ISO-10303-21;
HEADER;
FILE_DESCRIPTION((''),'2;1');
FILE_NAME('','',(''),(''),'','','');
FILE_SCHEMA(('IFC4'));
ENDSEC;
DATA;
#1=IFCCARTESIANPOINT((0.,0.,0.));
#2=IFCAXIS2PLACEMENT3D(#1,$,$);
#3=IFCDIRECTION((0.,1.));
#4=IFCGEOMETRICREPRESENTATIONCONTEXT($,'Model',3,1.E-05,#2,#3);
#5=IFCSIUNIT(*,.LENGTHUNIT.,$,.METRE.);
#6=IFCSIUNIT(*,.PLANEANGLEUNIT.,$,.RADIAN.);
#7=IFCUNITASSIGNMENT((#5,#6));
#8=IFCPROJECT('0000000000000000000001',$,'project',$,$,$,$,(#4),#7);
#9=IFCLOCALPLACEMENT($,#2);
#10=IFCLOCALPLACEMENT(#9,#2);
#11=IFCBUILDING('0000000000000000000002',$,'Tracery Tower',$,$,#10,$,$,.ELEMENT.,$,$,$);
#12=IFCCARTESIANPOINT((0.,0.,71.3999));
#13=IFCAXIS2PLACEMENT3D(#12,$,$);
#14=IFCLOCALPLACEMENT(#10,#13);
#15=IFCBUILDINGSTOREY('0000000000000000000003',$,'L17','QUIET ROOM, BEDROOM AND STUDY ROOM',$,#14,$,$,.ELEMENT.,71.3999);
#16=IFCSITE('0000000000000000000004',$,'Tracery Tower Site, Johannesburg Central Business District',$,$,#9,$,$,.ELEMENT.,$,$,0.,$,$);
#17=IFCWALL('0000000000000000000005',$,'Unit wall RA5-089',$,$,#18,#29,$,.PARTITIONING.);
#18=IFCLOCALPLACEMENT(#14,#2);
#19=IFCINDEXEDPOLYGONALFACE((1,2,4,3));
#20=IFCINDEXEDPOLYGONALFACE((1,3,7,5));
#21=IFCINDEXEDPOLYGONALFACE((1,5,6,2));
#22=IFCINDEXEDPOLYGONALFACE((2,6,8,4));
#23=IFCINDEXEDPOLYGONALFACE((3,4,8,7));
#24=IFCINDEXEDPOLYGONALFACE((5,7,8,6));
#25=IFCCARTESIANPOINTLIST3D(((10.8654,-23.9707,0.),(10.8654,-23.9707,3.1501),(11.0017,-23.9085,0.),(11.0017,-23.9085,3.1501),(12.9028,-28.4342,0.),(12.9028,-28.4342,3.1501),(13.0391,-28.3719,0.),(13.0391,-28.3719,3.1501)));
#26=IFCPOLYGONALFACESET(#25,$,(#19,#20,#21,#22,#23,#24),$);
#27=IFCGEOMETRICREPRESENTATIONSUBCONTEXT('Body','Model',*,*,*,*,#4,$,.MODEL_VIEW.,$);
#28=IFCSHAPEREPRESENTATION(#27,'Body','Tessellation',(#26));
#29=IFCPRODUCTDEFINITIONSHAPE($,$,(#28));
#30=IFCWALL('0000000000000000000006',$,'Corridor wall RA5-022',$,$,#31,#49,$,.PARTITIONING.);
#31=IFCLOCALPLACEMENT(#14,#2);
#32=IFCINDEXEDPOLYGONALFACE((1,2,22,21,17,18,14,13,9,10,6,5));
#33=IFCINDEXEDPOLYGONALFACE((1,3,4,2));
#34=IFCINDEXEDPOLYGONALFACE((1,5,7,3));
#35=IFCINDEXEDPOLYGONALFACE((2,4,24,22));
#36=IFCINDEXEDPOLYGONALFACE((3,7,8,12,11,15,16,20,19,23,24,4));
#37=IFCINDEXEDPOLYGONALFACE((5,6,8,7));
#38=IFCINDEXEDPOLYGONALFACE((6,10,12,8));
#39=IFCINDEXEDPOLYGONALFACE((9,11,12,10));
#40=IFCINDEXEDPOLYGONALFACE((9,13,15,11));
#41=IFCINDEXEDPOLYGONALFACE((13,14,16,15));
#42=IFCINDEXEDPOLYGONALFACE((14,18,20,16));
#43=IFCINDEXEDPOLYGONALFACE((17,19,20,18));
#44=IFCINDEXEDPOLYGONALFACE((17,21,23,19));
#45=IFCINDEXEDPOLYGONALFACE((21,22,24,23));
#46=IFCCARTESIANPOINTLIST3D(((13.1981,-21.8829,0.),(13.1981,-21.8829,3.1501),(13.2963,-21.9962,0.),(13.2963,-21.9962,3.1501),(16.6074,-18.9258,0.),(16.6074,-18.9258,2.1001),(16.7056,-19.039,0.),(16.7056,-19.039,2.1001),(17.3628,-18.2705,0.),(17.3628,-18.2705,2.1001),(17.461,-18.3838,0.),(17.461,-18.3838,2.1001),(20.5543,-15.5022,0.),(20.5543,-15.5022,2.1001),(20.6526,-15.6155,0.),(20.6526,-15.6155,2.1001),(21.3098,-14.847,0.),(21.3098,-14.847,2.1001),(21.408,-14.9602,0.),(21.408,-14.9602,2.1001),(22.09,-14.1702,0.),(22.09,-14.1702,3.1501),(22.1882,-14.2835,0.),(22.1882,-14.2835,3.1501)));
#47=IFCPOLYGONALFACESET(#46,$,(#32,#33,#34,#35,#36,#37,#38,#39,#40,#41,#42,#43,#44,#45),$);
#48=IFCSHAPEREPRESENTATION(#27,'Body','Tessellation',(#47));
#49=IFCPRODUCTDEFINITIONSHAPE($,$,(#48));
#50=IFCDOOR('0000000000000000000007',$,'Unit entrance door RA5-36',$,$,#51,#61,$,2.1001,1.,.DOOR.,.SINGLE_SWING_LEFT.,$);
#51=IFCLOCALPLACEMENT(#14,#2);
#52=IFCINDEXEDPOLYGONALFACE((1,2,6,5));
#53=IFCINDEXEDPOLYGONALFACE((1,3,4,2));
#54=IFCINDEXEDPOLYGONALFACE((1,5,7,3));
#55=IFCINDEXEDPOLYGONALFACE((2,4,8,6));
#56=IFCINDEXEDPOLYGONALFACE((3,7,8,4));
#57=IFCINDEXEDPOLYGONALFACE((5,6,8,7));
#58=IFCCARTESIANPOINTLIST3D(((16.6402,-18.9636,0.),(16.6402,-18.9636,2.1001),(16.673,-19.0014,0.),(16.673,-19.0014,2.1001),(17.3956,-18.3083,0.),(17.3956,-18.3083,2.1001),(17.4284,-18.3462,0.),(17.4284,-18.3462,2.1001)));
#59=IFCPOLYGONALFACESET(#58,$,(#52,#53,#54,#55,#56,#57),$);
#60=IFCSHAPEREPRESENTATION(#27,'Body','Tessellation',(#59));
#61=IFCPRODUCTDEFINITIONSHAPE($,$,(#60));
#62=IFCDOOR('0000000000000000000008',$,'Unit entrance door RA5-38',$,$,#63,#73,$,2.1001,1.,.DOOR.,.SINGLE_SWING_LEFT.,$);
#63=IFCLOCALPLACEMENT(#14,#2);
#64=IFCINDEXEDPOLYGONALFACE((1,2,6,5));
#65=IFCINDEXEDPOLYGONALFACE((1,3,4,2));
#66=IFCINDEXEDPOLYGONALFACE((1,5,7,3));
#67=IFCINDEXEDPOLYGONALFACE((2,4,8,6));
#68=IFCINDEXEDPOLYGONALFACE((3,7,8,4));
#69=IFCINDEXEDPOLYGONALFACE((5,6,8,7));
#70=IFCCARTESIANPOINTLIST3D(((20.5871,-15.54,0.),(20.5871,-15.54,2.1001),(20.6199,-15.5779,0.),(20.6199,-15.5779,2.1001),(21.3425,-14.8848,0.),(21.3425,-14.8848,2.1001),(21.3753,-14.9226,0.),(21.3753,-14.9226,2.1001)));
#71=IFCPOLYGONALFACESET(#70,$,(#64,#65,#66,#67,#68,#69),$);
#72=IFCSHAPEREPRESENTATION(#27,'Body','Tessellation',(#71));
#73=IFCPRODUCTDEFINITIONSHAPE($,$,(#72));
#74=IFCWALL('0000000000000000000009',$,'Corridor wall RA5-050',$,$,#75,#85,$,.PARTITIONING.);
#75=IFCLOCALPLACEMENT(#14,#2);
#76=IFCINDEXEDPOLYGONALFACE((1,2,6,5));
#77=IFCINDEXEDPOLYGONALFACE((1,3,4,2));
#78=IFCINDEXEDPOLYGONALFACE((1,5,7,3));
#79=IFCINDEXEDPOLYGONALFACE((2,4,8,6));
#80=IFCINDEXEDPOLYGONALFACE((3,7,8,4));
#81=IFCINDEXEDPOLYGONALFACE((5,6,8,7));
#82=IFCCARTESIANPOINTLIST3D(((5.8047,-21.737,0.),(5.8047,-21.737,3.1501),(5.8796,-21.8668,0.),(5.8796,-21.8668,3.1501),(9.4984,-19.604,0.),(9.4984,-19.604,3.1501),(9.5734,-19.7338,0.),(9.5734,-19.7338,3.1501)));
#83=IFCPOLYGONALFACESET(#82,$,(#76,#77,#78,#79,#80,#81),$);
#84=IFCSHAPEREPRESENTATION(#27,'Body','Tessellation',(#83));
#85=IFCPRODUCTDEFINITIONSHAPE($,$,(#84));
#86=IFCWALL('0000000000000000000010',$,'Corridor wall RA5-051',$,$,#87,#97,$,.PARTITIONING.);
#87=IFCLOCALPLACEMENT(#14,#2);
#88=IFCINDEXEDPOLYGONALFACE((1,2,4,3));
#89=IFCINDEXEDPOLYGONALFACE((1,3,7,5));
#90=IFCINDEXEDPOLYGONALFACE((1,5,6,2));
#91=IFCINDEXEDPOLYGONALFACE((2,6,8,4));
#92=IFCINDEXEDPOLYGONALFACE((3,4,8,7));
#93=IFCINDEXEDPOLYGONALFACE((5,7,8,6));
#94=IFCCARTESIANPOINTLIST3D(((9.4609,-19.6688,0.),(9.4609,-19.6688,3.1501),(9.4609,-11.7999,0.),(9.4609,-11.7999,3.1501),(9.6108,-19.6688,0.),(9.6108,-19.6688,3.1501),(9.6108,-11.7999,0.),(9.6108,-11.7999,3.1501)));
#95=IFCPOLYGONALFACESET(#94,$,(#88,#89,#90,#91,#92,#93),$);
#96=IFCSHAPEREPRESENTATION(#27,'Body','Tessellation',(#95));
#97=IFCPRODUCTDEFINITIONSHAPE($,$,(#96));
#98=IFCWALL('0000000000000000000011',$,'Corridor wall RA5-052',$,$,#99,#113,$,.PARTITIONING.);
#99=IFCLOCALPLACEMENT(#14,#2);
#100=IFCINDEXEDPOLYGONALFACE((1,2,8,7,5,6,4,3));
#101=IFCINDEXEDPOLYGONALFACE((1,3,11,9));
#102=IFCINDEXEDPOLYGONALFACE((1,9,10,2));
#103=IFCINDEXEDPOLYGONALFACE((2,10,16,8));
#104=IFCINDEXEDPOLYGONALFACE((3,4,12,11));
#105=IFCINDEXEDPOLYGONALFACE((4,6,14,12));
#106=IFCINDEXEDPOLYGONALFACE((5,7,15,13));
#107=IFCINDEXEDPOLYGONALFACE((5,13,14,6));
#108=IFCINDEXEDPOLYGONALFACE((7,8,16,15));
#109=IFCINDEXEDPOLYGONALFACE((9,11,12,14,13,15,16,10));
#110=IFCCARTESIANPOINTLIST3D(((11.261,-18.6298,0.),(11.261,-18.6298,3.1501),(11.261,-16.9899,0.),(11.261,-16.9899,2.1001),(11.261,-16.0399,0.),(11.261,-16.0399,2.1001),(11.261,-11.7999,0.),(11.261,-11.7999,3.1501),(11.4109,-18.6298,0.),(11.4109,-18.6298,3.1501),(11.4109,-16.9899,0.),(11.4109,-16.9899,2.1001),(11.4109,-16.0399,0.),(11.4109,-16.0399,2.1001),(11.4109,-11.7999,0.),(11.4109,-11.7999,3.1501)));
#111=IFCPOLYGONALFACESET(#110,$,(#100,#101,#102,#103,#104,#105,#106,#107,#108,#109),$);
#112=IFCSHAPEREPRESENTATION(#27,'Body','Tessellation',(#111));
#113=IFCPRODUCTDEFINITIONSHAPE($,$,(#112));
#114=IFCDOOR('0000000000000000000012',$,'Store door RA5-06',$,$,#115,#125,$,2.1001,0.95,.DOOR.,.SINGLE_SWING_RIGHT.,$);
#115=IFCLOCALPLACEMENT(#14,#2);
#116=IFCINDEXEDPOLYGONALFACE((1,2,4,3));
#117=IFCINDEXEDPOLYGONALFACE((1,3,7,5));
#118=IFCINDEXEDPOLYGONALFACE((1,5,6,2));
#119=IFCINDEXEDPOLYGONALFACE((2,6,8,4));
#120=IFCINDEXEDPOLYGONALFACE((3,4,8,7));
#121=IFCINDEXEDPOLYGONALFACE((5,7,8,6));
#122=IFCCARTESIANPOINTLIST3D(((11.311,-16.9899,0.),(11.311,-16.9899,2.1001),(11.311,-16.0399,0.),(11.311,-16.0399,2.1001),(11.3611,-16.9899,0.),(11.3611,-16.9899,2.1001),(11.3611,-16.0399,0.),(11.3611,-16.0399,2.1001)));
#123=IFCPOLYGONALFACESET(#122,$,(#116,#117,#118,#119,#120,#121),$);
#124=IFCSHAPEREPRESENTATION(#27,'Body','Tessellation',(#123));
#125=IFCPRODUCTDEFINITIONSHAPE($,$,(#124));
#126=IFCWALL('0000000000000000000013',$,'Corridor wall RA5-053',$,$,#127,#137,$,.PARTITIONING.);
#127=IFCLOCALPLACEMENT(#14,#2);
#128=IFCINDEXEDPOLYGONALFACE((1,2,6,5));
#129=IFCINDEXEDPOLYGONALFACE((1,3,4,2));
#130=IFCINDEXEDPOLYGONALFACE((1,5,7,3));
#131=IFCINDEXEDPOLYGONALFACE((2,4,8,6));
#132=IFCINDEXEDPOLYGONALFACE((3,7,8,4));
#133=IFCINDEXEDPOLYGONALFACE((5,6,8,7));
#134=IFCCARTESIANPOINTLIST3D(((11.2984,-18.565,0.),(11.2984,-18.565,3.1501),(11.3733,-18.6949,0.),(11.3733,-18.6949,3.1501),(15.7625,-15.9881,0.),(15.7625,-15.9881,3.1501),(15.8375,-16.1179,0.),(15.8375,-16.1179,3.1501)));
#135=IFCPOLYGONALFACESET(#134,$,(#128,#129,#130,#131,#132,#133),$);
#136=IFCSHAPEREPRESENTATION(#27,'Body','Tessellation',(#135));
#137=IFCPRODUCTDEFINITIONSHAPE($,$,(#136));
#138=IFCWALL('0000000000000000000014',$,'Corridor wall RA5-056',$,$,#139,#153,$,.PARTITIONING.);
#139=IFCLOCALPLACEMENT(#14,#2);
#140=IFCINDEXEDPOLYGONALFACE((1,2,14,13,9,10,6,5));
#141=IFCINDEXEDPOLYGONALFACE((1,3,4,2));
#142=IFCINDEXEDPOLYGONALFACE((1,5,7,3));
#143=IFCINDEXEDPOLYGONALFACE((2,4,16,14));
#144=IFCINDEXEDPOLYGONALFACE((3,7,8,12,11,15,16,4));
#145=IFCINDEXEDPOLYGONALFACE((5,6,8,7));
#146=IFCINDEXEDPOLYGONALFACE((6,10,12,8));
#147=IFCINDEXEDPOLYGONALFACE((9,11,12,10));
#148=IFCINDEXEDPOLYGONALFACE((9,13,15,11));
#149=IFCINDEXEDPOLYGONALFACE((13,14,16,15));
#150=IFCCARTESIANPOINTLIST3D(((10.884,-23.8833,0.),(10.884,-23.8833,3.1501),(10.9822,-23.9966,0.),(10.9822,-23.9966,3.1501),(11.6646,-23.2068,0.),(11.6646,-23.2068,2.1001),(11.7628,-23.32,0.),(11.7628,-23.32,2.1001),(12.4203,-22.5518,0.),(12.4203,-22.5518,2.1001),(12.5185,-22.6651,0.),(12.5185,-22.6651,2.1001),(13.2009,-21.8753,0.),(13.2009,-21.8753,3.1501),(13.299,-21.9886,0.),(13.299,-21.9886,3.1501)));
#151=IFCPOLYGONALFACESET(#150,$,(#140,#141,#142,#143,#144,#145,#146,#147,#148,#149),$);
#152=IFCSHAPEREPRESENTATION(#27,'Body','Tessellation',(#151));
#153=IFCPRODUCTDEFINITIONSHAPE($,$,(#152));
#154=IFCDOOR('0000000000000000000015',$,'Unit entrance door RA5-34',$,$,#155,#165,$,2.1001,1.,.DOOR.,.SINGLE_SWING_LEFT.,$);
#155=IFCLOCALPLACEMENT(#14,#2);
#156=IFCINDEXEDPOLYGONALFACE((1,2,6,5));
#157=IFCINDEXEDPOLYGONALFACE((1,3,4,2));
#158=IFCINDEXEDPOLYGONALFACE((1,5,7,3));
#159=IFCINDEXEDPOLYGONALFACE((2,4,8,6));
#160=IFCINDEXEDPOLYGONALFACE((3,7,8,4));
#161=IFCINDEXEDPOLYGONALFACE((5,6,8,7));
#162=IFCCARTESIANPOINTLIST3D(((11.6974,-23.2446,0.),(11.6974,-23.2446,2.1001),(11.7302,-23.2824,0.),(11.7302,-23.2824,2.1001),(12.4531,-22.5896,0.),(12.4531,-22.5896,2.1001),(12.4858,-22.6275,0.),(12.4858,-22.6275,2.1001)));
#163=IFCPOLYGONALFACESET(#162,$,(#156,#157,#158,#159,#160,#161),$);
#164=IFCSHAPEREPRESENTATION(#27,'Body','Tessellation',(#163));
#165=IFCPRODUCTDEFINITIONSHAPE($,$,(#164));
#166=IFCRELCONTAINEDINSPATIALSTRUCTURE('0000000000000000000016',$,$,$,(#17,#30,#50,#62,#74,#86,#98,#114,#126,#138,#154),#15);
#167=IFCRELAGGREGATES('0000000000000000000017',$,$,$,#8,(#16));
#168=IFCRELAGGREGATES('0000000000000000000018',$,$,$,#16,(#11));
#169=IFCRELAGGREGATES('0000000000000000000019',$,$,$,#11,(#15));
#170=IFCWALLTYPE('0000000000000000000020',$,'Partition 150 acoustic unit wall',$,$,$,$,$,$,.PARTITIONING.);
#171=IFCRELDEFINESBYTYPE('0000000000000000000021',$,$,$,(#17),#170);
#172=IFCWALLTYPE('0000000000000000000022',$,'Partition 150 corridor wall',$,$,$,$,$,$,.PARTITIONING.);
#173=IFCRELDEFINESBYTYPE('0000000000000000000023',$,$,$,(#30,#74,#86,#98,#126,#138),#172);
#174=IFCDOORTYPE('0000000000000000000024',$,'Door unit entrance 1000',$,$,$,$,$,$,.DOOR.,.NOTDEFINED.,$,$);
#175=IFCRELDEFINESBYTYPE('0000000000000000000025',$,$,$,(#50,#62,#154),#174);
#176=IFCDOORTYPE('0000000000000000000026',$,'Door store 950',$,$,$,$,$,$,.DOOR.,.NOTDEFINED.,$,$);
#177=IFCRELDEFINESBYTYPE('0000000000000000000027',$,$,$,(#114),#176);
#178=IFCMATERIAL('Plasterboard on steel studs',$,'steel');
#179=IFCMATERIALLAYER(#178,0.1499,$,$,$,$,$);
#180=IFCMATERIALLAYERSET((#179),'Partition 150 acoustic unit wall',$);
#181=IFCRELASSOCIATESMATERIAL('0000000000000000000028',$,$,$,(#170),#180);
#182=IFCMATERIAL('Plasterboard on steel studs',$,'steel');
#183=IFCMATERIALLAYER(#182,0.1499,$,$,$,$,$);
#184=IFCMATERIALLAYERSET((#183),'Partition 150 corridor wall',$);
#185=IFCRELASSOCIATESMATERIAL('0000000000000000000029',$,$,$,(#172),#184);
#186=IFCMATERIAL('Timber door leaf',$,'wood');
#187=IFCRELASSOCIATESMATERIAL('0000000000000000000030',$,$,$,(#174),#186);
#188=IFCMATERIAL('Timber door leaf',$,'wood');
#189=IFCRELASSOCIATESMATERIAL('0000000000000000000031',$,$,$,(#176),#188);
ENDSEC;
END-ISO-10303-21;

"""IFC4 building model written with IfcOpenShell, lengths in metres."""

from ifc_helpers import new_model, si_unit, direction, frame, frame_2d, origin, place, context, subcontext, project, spatial, rectangle, extrude, material, layer, layer_set, type_object, element, fill, save


model = new_model("IFC4")

# Units and contexts
model_context = context("Model", 3, precision=1e-05, world=origin(), true_north=direction((0.0, 1.0)))
body_context = subcontext(model_context, "Body", "Model", "MODEL_VIEW")
ifc_project = project(units=[si_unit("LENGTHUNIT", "METRE"), si_unit("PLANEANGLEUNIT", "RADIAN")], contexts=[model_context])

# Site, building, storey
site_placement = place(None, origin())
site = spatial("IfcSite", under=ifc_project, at=site_placement, Name="Tracery Tower Site, Johannesburg Central Business District", CompositionType="ELEMENT", RefElevation=0.0)
building_placement = place(site_placement, origin())
building = spatial("IfcBuilding", under=site, at=building_placement, Name="Tracery Tower", CompositionType="ELEMENT")
storey_placement = place(building_placement, frame((0.0, 0.0, 71.3999)))
storey = spatial("IfcBuildingStorey", under=building, at=storey_placement, Name="L17", Description="QUIET ROOM, BEDROOM AND STUDY ROOM", CompositionType="ELEMENT", Elevation=71.3999)

# Wall
ifc_material_1 = material(Name="Plasterboard on steel studs", Category="steel")
ifc_layer_1 = layer(ifc_material_1, 0.1499)
ifc_layer_set_1 = layer_set([ifc_layer_1], Name="Partition 150 acoustic unit wall")
wall_type_1 = type_object("IfcWallType", Name="Partition 150 acoustic unit wall", PredefinedType="PARTITIONING", material=ifc_layer_set_1)
wall_1_placement = place(storey_placement, frame((10.9336, -23.9397, 0.0), z_axis=(0.0, 0.0, 1.0), x_axis=(0.415246, -0.909709, 0.0)))
element("IfcWall", 1, at=wall_1_placement, inside=storey, type_object=wall_type_1, Name="Unit wall RA5-089", PredefinedType="PARTITIONING", context=body_context, shape_type="SweptSolid", body=[
    extrude(rectangle(XDim=4.9065, YDim=0.1499, at=frame_2d((2.4531, 0.0))), origin(), (0.0, 0.0, 1.0), 3.1501),
])

# Wall, openings, doors
ifc_material_2 = material(Name="Plasterboard on steel studs", Category="steel")
ifc_layer_2 = layer(ifc_material_2, 0.1499)
ifc_layer_set_2 = layer_set([ifc_layer_2], Name="Partition 150 corridor wall")
wall_type_2 = type_object("IfcWallType", Name="Partition 150 corridor wall", PredefinedType="PARTITIONING", material=ifc_layer_set_2)
wall_2_placement = place(storey_placement, frame((13.2473, -21.9395, 0.0), z_axis=(0.0, 0.0, 1.0), x_axis=(0.755421, 0.65524, 0.0)))
wall_2 = element("IfcWall", 2, at=wall_2_placement, inside=storey, type_object=wall_type_2, Name="Corridor wall RA5-022", PredefinedType="PARTITIONING", context=body_context, shape_type="SweptSolid", body=[
    extrude(rectangle(XDim=11.7708, YDim=0.1499, at=frame_2d((5.8853, 0.0))), origin(), (0.0, 0.0, 1.0), 3.1501),
])
opening_1_placement = place(wall_2_placement, frame((4.5129, 0.0, 0.0)))
opening_1 = element("IfcOpeningElement", 3, at=opening_1_placement, cuts=wall_2, PredefinedType="OPENING", context=body_context, shape_type="SweptSolid", body=[
    extrude(rectangle(XDim=1.0, YDim=2.1001, at=frame_2d((0.5, 1.05))), frame((0.0, 0.075, 0.0), z_axis=(0.0, -1.0, 0.0), x_axis=(1.0, 0.0, 0.0)), (0.0, 0.0, 1.0), 0.1499),
])
opening_2_placement = place(wall_2_placement, frame((9.7378, 0.0, 0.0)))
opening_2 = element("IfcOpeningElement", 4, at=opening_2_placement, cuts=wall_2, PredefinedType="OPENING", context=body_context, shape_type="SweptSolid", body=[
    extrude(rectangle(XDim=1.0, YDim=2.1001, at=frame_2d((0.5, 1.05))), frame((0.0, 0.075, 0.0), z_axis=(0.0, -1.0, 0.0), x_axis=(1.0, 0.0, 0.0)), (0.0, 0.0, 1.0), 0.1499),
])
ifc_material_3 = material(Name="Timber door leaf", Category="wood")
door_type_1 = type_object("IfcDoorType", Name="Door unit entrance 1000", OperationType="NOTDEFINED", PredefinedType="DOOR", material=ifc_material_3)
door_1_placement = place(opening_1_placement, origin())
door_1 = element("IfcDoor", 5, at=door_1_placement, inside=storey, type_object=door_type_1, Name="Unit entrance door RA5-36", OperationType="SINGLE_SWING_LEFT", OverallHeight=2.1001, OverallWidth=1.0, PredefinedType="DOOR", context=body_context, shape_type="SweptSolid", body=[
    extrude(rectangle(XDim=1.0, YDim=2.1001, at=frame_2d((0.5, 1.05))), frame((0.0, 0.0249, 0.0), z_axis=(0.0, -1.0, 0.0), x_axis=(1.0, 0.0, 0.0)), (0.0, 0.0, 1.0), 0.05),
])
fill(opening_1, door_1)
door_2_placement = place(opening_2_placement, origin())
door_2 = element("IfcDoor", 6, at=door_2_placement, inside=storey, type_object=door_type_1, Name="Unit entrance door RA5-38", OperationType="SINGLE_SWING_LEFT", OverallHeight=2.1001, OverallWidth=1.0, PredefinedType="DOOR", context=body_context, shape_type="SweptSolid", body=[
    extrude(rectangle(XDim=1.0, YDim=2.1001, at=frame_2d((0.5, 1.05))), frame((0.0, 0.0249, 0.0), z_axis=(0.0, -1.0, 0.0), x_axis=(1.0, 0.0, 0.0)), (0.0, 0.0, 1.0), 0.05),
])
fill(opening_2, door_2)

# Walls
wall_3_placement = place(storey_placement, frame((5.842, -21.802, 0.0), z_axis=(0.0, 0.0, 1.0), x_axis=(0.865984, 0.500073, 0.0)))
element("IfcWall", 7, at=wall_3_placement, inside=storey, type_object=wall_type_2, Name="Corridor wall RA5-050", PredefinedType="PARTITIONING", context=body_context, shape_type="SweptSolid", body=[
    extrude(rectangle(XDim=4.2654, YDim=0.1499, at=frame_2d((2.1328, 0.0))), origin(), (0.0, 0.0, 1.0), 3.1501),
])
wall_4_placement = place(storey_placement, frame((9.5359, -19.6689, 0.0), z_axis=(0.0, 0.0, 1.0), x_axis=(0.0, 1.0, 0.0)))
element("IfcWall", 8, at=wall_4_placement, inside=storey, type_object=wall_type_2, Name="Corridor wall RA5-051", PredefinedType="PARTITIONING", context=body_context, shape_type="SweptSolid", body=[
    extrude(rectangle(XDim=7.8689, YDim=0.1499, at=frame_2d((3.9346, 0.0))), origin(), (0.0, 0.0, 1.0), 3.1501),
])

# Wall, opening, door
wall_5_placement = place(storey_placement, frame((11.3359, -18.6299, 0.0), z_axis=(0.0, 0.0, 1.0), x_axis=(0.0, 1.0, 0.0)))
wall_5 = element("IfcWall", 9, at=wall_5_placement, inside=storey, type_object=wall_type_2, Name="Corridor wall RA5-052", PredefinedType="PARTITIONING", context=body_context, shape_type="SweptSolid", body=[
    extrude(rectangle(XDim=6.8298, YDim=0.1499, at=frame_2d((3.415, 0.0))), origin(), (0.0, 0.0, 1.0), 3.1501),
])
opening_3_placement = place(wall_5_placement, frame((1.6399, 0.0, 0.0)))
opening_3 = element("IfcOpeningElement", 10, at=opening_3_placement, cuts=wall_5, PredefinedType="OPENING", context=body_context, shape_type="SweptSolid", body=[
    extrude(rectangle(XDim=0.95, YDim=2.1001, at=frame_2d((0.4751, 1.05))), frame((0.0, 0.075, 0.0), z_axis=(0.0, -1.0, 0.0), x_axis=(1.0, 0.0, 0.0)), (0.0, 0.0, 1.0), 0.1499),
])
ifc_material_4 = material(Name="Timber door leaf", Category="wood")
door_type_2 = type_object("IfcDoorType", Name="Door store 950", OperationType="NOTDEFINED", PredefinedType="DOOR", material=ifc_material_4)
door_3_placement = place(opening_3_placement, origin())
door_3 = element("IfcDoor", 11, at=door_3_placement, inside=storey, type_object=door_type_2, Name="Store door RA5-06", OperationType="SINGLE_SWING_RIGHT", OverallHeight=2.1001, OverallWidth=0.95, PredefinedType="DOOR", context=body_context, shape_type="SweptSolid", body=[
    extrude(rectangle(XDim=0.95, YDim=2.1001, at=frame_2d((0.4751, 1.05))), frame((0.0, 0.0249, 0.0), z_axis=(0.0, -1.0, 0.0), x_axis=(1.0, 0.0, 0.0)), (0.0, 0.0, 1.0), 0.05),
])
fill(opening_3, door_3)

# Wall
wall_6_placement = place(storey_placement, frame((11.3359, -18.6299, 0.0), z_axis=(0.0, 0.0, 1.0), x_axis=(0.866063, 0.499934, 0.0)))
element("IfcWall", 12, at=wall_6_placement, inside=storey, type_object=wall_type_2, Name="Corridor wall RA5-053", PredefinedType="PARTITIONING", context=body_context, shape_type="SweptSolid", body=[
    extrude(rectangle(XDim=5.1545, YDim=0.1499, at=frame_2d((2.5771, 0.0))), origin(), (0.0, 0.0, 1.0), 3.1501),
])

# Wall, opening, door
wall_7_placement = place(storey_placement, frame((10.9331, -23.9399, 0.0), z_axis=(0.0, 0.0, 1.0), x_axis=(0.755676, 0.654946, 0.0)))
wall_7 = element("IfcWall", 13, at=wall_7_placement, inside=storey, type_object=wall_type_2, Name="Corridor wall RA5-056", PredefinedType="PARTITIONING", context=body_context, shape_type="SweptSolid", body=[
    extrude(rectangle(XDim=3.0659, YDim=0.1499, at=frame_2d((1.533, 0.0))), origin(), (0.0, 0.0, 1.0), 3.1501),
])
opening_4_placement = place(wall_7_placement, frame((1.033, 0.0, 0.0)))
opening_4 = element("IfcOpeningElement", 14, at=opening_4_placement, cuts=wall_7, PredefinedType="OPENING", context=body_context, shape_type="SweptSolid", body=[
    extrude(rectangle(XDim=1.0, YDim=2.1001, at=frame_2d((0.5, 1.05))), frame((0.0, 0.075, 0.0), z_axis=(0.0, -1.0, 0.0), x_axis=(1.0, 0.0, 0.0)), (0.0, 0.0, 1.0), 0.1499),
])
door_4_placement = place(opening_4_placement, origin())
door_4 = element("IfcDoor", 15, at=door_4_placement, inside=storey, type_object=door_type_1, Name="Unit entrance door RA5-34", OperationType="SINGLE_SWING_LEFT", OverallHeight=2.1001, OverallWidth=1.0, PredefinedType="DOOR", context=body_context, shape_type="SweptSolid", body=[
    extrude(rectangle(XDim=1.0, YDim=2.1001, at=frame_2d((0.5, 1.05))), frame((0.0, 0.0249, 0.0), z_axis=(0.0, -1.0, 0.0), x_axis=(1.0, 0.0, 0.0)), (0.0, 0.0, 1.0), 0.05),
])
fill(opening_4, door_4)

save(model, "model.ifc")
